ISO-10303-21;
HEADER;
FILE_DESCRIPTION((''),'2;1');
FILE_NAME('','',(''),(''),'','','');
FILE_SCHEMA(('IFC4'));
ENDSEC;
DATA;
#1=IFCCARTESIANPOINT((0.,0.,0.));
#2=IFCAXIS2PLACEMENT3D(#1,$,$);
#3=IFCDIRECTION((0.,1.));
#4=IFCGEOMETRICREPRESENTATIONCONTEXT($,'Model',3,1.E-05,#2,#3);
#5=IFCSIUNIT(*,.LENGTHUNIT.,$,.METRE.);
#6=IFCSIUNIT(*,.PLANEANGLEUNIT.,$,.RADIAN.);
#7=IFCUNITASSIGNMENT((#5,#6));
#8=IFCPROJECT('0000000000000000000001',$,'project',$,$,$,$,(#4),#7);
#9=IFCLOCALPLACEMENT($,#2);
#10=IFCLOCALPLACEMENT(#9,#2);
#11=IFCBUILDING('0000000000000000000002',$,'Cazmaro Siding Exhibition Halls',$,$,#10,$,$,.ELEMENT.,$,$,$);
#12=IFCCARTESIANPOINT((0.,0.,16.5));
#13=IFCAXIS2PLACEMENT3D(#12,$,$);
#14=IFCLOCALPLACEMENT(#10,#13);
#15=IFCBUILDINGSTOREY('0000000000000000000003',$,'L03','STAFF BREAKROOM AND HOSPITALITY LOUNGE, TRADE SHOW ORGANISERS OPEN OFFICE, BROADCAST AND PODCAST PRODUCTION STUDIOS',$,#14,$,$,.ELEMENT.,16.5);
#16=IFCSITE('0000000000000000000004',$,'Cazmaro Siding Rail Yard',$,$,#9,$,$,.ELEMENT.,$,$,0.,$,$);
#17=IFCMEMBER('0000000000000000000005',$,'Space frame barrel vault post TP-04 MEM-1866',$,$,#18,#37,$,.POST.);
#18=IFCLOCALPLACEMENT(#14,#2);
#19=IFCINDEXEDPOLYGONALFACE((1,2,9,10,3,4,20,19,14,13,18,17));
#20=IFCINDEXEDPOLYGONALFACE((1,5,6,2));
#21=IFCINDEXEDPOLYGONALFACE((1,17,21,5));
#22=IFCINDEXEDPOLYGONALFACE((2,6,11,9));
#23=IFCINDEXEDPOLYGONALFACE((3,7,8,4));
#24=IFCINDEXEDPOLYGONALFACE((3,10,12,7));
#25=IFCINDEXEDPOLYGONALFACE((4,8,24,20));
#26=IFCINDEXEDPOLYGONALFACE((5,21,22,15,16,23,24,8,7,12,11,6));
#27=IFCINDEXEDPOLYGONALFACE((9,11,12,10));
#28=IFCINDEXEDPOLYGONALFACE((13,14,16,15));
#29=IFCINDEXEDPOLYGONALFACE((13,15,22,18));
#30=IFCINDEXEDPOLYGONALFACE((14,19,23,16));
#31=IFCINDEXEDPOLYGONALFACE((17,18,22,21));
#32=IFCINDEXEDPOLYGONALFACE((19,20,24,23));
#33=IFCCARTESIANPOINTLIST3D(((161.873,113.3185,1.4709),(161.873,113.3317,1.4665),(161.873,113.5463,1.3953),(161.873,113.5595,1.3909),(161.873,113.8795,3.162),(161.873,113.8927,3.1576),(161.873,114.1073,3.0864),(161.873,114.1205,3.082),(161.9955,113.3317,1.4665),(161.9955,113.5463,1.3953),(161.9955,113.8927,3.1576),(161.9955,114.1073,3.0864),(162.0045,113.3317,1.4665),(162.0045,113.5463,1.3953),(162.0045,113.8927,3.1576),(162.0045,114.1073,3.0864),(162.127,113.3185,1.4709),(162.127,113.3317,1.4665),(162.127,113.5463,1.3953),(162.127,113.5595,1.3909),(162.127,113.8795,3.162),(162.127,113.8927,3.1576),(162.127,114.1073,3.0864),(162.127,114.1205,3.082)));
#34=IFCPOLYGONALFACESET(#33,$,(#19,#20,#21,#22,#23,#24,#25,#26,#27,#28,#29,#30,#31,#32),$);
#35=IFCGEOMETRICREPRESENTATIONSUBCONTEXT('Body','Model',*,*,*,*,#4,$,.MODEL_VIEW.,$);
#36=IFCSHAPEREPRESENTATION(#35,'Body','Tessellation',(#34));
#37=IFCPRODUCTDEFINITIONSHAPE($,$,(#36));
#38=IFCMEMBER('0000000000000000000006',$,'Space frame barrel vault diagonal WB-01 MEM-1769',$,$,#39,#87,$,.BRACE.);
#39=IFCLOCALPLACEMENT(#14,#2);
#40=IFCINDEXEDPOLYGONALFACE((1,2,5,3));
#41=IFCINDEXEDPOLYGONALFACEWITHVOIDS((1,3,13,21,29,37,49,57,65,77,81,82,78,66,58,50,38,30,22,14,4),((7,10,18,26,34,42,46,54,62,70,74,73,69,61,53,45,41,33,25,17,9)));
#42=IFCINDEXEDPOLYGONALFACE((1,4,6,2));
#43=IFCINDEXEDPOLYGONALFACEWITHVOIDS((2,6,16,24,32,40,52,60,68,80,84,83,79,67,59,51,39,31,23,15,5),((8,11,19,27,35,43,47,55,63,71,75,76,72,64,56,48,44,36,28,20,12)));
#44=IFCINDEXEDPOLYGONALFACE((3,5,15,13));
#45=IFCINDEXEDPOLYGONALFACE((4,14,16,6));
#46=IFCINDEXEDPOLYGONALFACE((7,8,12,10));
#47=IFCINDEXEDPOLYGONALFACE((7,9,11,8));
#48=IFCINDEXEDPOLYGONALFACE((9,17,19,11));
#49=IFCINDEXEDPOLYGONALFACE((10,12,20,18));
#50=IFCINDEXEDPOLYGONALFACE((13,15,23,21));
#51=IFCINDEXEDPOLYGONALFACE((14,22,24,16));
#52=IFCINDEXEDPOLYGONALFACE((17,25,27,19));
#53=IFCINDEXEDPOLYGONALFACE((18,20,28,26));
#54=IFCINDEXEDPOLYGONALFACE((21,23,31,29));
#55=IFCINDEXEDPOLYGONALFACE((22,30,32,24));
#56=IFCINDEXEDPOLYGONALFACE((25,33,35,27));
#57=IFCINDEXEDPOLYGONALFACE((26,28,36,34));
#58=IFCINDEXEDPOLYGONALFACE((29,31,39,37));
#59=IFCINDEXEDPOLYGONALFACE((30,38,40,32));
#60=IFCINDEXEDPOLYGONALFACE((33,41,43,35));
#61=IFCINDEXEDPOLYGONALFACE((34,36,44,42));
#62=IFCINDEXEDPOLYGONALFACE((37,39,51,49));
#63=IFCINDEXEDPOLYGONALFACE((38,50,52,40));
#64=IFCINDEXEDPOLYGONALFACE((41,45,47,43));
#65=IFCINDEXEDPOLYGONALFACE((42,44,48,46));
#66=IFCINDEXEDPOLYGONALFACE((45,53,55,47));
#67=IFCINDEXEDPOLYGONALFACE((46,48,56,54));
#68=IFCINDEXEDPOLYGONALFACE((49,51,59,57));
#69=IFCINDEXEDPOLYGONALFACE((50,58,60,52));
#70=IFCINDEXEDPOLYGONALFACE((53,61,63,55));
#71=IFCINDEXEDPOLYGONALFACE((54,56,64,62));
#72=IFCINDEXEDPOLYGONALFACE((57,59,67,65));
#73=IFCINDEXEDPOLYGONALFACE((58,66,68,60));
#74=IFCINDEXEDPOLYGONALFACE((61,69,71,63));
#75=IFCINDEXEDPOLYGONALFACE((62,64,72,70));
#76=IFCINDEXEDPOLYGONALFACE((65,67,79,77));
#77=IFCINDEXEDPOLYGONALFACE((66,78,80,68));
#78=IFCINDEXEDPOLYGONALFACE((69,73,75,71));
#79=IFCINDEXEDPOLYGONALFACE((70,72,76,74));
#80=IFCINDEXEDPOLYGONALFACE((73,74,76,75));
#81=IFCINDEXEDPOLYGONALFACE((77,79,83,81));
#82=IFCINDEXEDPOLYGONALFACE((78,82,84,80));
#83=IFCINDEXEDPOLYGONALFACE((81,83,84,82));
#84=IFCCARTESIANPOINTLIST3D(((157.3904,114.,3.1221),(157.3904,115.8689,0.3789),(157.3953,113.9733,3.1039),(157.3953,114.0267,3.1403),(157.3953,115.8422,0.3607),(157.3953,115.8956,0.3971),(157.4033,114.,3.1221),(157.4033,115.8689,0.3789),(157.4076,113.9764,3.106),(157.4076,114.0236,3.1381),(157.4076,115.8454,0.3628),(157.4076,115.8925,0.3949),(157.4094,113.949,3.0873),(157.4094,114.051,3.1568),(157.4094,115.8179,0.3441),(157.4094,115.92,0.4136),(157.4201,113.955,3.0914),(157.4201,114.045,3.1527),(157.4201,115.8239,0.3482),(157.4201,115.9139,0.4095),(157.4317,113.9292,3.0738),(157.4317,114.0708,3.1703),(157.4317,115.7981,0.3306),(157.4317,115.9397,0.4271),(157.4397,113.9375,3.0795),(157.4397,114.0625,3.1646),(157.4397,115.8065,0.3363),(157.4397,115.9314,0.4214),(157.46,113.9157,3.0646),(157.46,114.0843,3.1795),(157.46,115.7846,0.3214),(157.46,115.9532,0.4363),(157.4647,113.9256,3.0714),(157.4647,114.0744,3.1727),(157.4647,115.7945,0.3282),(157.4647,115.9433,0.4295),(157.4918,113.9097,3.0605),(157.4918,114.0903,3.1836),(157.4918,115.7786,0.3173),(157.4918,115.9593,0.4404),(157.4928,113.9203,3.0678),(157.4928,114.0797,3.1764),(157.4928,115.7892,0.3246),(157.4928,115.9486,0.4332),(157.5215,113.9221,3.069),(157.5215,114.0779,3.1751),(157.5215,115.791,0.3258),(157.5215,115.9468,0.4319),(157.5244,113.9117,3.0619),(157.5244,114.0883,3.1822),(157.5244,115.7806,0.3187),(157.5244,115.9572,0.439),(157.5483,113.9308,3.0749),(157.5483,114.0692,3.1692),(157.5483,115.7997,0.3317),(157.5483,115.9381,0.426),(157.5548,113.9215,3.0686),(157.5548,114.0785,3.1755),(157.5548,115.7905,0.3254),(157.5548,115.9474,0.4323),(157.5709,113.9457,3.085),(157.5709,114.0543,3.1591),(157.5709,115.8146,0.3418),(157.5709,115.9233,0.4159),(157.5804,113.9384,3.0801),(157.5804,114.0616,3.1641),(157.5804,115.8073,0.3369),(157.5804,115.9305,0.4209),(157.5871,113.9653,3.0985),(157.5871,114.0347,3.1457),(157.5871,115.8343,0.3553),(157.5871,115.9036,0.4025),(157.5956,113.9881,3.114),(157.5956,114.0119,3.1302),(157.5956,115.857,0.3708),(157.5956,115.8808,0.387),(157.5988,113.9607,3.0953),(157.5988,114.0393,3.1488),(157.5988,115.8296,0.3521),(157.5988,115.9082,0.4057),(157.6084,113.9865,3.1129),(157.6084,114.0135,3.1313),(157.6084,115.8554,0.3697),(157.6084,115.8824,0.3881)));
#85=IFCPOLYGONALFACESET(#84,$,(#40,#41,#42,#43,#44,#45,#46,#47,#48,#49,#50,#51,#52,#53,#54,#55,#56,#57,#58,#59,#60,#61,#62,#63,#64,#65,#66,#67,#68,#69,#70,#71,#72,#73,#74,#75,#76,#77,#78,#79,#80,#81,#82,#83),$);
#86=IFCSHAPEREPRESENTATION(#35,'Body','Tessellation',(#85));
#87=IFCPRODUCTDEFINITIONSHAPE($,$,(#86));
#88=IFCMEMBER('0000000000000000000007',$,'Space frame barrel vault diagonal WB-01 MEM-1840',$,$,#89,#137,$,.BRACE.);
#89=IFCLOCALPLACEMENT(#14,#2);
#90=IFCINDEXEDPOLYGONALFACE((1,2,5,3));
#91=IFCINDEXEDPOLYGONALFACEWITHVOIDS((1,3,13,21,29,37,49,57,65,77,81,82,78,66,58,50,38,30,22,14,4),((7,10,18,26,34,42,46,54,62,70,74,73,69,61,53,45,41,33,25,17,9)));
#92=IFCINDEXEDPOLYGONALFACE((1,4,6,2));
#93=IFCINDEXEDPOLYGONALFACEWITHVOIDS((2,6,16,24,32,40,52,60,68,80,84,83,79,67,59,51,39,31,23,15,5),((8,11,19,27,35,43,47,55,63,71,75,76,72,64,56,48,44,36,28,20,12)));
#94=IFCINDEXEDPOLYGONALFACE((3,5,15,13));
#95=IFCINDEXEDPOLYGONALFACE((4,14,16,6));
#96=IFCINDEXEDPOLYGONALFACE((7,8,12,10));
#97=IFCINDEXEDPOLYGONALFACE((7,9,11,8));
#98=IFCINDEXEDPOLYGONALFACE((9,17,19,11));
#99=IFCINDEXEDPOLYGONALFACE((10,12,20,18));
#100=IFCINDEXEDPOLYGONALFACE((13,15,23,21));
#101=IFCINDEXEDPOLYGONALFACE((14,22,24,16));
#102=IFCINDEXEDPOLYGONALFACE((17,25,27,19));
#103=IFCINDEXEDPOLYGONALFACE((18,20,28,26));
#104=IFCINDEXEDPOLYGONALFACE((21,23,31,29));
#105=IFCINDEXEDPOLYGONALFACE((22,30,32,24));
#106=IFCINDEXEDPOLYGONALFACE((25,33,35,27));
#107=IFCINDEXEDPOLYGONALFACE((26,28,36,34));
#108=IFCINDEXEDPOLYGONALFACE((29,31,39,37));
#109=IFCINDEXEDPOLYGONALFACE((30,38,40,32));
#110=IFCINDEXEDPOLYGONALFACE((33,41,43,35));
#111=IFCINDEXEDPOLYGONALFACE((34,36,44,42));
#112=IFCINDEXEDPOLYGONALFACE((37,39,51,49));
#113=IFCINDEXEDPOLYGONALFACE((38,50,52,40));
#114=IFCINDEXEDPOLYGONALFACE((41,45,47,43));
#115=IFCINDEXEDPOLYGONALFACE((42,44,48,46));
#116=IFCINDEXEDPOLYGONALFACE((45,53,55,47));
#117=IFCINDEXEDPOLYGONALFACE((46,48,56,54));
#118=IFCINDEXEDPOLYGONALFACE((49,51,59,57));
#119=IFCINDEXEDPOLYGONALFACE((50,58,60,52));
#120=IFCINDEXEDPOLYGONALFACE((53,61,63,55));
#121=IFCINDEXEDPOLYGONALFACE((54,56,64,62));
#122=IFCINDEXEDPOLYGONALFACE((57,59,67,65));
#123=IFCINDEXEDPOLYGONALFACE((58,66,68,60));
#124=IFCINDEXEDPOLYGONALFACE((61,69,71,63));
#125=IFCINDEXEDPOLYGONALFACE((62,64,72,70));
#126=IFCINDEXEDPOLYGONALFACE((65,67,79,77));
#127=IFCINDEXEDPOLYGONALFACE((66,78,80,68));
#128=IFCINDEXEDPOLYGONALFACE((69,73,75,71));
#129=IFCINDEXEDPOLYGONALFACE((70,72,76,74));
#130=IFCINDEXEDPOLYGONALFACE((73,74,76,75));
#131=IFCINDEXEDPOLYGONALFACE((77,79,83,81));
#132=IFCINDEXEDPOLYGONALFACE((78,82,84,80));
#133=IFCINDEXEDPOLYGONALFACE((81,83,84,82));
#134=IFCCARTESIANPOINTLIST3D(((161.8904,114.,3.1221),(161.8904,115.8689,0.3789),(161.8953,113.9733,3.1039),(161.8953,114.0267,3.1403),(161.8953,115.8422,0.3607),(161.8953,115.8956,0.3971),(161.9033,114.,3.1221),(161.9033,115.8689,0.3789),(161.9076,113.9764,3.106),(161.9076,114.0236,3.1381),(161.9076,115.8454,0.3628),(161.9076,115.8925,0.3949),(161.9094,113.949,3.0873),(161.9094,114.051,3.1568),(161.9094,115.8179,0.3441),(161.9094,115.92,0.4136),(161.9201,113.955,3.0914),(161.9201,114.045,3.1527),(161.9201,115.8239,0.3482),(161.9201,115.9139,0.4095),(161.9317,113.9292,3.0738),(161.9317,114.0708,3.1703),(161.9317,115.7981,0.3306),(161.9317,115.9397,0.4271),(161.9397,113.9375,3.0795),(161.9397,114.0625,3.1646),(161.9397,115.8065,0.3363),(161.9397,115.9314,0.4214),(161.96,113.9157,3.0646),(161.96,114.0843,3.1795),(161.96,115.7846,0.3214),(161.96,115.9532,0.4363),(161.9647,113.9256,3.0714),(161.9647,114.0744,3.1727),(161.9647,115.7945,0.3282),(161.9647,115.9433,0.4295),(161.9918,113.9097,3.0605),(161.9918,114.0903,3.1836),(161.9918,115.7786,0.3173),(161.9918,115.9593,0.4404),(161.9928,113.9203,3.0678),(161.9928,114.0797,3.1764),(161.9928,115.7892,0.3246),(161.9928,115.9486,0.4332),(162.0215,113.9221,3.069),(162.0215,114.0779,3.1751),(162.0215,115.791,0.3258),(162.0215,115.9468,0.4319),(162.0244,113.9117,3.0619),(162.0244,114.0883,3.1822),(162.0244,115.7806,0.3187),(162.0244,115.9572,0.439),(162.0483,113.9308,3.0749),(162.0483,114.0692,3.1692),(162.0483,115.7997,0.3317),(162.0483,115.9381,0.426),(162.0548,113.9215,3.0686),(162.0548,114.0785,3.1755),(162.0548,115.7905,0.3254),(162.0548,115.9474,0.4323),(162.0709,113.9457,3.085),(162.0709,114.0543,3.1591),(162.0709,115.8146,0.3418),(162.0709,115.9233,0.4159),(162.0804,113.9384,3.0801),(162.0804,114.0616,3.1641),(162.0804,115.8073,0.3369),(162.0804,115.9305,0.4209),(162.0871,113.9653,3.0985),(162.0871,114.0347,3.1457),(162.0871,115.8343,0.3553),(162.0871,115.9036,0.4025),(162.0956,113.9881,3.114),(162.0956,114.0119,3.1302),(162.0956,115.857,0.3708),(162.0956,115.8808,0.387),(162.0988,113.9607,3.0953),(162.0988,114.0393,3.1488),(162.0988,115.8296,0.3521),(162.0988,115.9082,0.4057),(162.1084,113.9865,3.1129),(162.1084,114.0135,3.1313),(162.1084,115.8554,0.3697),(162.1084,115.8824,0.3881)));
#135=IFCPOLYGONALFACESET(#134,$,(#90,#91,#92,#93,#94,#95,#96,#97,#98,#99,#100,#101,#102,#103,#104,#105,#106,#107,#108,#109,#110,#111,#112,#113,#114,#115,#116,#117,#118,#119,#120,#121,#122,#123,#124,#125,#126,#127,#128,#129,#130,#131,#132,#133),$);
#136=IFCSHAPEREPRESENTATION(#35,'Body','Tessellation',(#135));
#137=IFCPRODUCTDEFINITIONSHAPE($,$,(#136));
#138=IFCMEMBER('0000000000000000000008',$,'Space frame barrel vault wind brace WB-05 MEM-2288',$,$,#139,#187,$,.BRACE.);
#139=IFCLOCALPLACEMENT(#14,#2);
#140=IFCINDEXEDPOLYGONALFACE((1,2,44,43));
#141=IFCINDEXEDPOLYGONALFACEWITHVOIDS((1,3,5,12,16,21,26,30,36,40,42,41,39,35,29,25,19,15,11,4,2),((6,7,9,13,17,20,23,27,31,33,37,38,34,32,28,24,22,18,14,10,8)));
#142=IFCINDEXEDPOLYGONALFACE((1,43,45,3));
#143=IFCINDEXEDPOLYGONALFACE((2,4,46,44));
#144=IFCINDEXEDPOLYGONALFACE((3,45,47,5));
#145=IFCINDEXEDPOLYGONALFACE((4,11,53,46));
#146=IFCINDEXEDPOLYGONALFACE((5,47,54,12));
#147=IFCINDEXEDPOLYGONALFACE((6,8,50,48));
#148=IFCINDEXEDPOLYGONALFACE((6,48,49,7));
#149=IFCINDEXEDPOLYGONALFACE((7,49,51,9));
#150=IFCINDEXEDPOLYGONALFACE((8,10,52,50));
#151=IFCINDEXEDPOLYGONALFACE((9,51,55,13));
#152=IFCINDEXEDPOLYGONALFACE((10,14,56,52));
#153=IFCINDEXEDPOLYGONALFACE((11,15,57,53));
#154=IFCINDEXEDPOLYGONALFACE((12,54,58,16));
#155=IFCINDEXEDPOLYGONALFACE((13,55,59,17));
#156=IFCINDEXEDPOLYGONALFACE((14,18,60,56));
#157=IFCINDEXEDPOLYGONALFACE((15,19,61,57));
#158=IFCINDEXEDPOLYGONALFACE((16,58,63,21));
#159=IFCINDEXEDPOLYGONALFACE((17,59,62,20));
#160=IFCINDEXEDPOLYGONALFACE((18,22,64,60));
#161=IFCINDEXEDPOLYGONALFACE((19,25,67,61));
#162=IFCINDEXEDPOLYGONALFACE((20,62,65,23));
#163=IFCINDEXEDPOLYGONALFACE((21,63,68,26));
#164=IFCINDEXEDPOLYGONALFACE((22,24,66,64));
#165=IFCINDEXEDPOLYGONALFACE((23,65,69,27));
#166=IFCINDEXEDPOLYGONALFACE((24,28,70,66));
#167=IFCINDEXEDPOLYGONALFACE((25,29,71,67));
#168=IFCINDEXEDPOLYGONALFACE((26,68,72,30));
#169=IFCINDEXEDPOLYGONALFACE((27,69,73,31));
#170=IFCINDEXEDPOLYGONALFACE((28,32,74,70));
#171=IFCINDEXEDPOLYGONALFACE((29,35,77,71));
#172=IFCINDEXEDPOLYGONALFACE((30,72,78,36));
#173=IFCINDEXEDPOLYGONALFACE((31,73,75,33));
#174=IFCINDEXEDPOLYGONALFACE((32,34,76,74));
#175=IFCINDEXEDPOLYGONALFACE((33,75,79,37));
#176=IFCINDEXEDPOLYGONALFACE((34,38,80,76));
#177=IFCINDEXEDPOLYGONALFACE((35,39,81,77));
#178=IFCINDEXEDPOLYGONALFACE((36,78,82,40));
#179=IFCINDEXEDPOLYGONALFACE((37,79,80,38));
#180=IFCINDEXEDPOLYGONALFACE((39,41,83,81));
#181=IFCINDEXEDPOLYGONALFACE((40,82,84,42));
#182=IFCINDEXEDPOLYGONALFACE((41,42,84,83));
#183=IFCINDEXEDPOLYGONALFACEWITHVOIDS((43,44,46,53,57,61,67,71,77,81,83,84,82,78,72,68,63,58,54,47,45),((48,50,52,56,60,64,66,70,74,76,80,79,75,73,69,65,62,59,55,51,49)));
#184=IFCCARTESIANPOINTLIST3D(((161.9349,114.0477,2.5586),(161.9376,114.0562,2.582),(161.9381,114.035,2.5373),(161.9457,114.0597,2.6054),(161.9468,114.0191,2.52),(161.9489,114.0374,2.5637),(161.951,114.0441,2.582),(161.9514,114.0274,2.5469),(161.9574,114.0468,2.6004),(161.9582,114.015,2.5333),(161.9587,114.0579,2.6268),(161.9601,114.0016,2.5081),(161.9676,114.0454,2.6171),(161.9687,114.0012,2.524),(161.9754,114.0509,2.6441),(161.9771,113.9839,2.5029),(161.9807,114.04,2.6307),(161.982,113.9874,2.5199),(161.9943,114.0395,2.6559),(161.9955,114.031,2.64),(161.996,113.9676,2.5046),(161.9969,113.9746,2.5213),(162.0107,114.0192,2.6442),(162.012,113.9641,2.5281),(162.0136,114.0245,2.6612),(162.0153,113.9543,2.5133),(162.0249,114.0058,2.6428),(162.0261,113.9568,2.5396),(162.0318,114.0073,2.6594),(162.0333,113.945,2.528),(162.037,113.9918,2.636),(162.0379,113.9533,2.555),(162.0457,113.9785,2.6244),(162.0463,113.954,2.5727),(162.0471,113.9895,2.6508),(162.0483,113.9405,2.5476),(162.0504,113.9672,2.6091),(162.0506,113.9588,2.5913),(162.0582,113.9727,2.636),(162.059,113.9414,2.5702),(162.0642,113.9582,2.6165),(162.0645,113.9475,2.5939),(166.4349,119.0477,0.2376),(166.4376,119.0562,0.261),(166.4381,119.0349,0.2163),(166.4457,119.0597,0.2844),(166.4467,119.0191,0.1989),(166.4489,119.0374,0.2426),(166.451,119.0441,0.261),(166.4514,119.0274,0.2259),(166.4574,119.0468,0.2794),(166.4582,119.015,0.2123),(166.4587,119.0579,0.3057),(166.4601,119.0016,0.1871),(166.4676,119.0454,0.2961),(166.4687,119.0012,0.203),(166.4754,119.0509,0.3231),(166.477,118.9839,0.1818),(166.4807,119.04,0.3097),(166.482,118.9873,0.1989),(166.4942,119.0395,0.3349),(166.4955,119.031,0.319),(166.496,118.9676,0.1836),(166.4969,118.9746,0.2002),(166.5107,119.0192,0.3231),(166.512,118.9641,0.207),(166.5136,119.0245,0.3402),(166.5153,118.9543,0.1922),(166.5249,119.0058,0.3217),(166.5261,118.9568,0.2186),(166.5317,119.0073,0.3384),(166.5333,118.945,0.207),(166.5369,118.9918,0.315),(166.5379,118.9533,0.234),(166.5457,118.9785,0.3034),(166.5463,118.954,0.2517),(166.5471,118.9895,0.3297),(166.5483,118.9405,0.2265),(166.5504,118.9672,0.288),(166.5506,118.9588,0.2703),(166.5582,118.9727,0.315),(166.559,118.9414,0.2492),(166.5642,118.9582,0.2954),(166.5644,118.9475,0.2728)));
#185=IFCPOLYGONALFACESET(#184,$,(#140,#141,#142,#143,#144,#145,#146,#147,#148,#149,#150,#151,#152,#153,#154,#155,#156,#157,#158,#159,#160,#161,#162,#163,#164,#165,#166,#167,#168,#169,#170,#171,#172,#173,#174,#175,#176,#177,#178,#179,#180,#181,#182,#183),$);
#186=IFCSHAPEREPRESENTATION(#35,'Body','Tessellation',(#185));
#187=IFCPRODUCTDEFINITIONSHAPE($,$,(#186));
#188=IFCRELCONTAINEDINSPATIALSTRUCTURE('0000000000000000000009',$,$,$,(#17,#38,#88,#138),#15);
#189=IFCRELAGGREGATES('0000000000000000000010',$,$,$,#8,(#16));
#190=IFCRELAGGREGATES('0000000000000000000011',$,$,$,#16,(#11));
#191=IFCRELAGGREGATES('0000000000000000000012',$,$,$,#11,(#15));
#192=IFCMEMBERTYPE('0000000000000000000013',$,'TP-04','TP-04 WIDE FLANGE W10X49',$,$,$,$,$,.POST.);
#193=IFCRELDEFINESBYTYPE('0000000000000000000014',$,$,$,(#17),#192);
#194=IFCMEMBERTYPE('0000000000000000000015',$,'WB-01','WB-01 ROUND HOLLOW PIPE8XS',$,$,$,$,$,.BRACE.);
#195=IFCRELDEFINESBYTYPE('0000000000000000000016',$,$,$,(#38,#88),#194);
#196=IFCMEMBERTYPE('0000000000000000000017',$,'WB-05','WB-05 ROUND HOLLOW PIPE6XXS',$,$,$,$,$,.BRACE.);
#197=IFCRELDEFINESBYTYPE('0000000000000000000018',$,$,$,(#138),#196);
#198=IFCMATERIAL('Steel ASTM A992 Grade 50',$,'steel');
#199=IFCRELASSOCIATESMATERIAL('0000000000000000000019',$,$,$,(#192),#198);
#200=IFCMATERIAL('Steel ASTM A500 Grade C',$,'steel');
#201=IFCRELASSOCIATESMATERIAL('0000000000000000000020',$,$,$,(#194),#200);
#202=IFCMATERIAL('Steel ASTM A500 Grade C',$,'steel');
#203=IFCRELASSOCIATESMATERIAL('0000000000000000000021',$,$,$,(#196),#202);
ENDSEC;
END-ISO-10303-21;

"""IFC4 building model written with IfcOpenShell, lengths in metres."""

from ifc_helpers import new_model, si_unit, direction, frame, origin, origin_2d, place, context, subcontext, project, spatial, hollow_circle, i_section, extrude, material, material_profile, profile_set, type_object, element, save


model = new_model("IFC4")

# Units and contexts
model_context = context("Model", 3, precision=1e-05, world=origin(), true_north=direction((0.0, 1.0)))
body_context = subcontext(model_context, "Body", "Model", "MODEL_VIEW")
ifc_project = project(units=[si_unit("LENGTHUNIT", "METRE"), si_unit("PLANEANGLEUNIT", "RADIAN")], contexts=[model_context])

# Site, building, storey
site_placement = place(None, origin())
site = spatial("IfcSite", under=ifc_project, at=site_placement, Name="Cazmaro Siding Rail Yard", CompositionType="ELEMENT", RefElevation=0.0)
building_placement = place(site_placement, origin())
building = spatial("IfcBuilding", under=site, at=building_placement, Name="Cazmaro Siding Exhibition Halls", CompositionType="ELEMENT")
storey_placement = place(building_placement, frame((0.0, 0.0, 16.5)))
storey = spatial("IfcBuildingStorey", under=building, at=storey_placement, Name="L03", Description="STAFF BREAKROOM AND HOSPITALITY LOUNGE, TRADE SHOW ORGANISERS OPEN OFFICE, BROADCAST AND PODCAST PRODUCTION STUDIOS", CompositionType="ELEMENT", Elevation=16.5)

# Members
ifc_material_1 = material(Name="Steel ASTM A992 Grade 50", Category="steel")
ifc_material_profile_1 = material_profile(ifc_material_1, i_section(OverallWidth=0.2539, OverallDepth=0.2539, WebThickness=0.009, FlangeThickness=0.0139, at=origin_2d()), Name="W10X49")
ifc_profile_set_1 = profile_set([ifc_material_profile_1], Name="Steel ASTM A992 Grade 50")
member_type_1 = type_object("IfcMemberType", Name="TP-04", Description="TP-04 WIDE FLANGE W10X49", PredefinedType="POST", material=ifc_profile_set_1)
member_1_placement = place(storey_placement, frame((162.0, 113.439, 1.4309), z_axis=(0.0, 0.314871, 0.949134), x_axis=(-1.0, 0.0, 0.0)))
element("IfcMember", 1, at=member_1_placement, inside=storey, type_object=member_type_1, Name="Space frame barrel vault post TP-04 MEM-1866", PredefinedType="POST", context=body_context, shape_type="SweptSolid", body=[
    extrude(i_section(OverallWidth=0.2539, OverallDepth=0.2539, WebThickness=0.009, FlangeThickness=0.0139, at=origin_2d()), origin(), (0.0, 0.0, 1.0), 1.7817),
])
ifc_material_2 = material(Name="Steel ASTM A500 Grade C", Category="steel")
ifc_material_profile_2 = material_profile(ifc_material_2, hollow_circle(Radius=0.1096, WallThickness=0.0129, at=origin_2d()), Name="PIPE8XS")
ifc_profile_set_2 = profile_set([ifc_material_profile_2], Name="Steel ASTM A500 Grade C")
member_type_2 = type_object("IfcMemberType", Name="WB-01", Description="WB-01 ROUND HOLLOW PIPE8XS", PredefinedType="BRACE", material=ifc_profile_set_2)
for number, where, z_axis, x_axis, name in (
    (2, (157.5, 114.0, 3.1221), (0.0, 0.56304, -0.82643), (-1.0, 0.0, 0.0), "Space frame barrel vault diagonal WB-01 MEM-1769"),
    (3, (162.0, 114.0, 3.1221), (0.0, 0.56304, -0.82643), (-1.0, 0.0, 0.0), "Space frame barrel vault diagonal WB-01 MEM-1840"),
):
    element("IfcMember", number, at=place(storey_placement, frame(where, z_axis=z_axis, x_axis=x_axis)), inside=storey, type_object=member_type_2, Name=name, PredefinedType="BRACE", context=body_context, shape_type="SweptSolid", body=[
        extrude(hollow_circle(Radius=0.1096, WallThickness=0.0129, at=origin_2d()), origin(), (0.0, 0.0, 1.0), 3.3193),
    ])
ifc_material_3 = material(Name="Steel ASTM A500 Grade C", Category="steel")
ifc_material_profile_3 = material_profile(ifc_material_3, hollow_circle(Radius=0.084, WallThickness=0.0181, at=origin_2d()), Name="PIPE6XXS")
ifc_profile_set_3 = profile_set([ifc_material_profile_3], Name="Steel ASTM A500 Grade C")
member_type_3 = type_object("IfcMemberType", Name="WB-05", Description="WB-05 ROUND HOLLOW PIPE6XXS", PredefinedType="BRACE", material=ifc_profile_set_3)
member_2_placement = place(storey_placement, frame((162.0, 114.0, 2.582), z_axis=(0.632379, 0.702643, -0.326173), x_axis=(-0.743294, 0.668965, 0.0)))
element("IfcMember", 4, at=member_2_placement, inside=storey, type_object=member_type_3, Name="Space frame barrel vault wind brace WB-05 MEM-2288", PredefinedType="BRACE", context=body_context, shape_type="SweptSolid", body=[
    extrude(hollow_circle(Radius=0.084, WallThickness=0.0181, at=origin_2d()), origin(), (0.0, 0.0, 1.0), 7.116),
])

save(model, "model.ifc")
